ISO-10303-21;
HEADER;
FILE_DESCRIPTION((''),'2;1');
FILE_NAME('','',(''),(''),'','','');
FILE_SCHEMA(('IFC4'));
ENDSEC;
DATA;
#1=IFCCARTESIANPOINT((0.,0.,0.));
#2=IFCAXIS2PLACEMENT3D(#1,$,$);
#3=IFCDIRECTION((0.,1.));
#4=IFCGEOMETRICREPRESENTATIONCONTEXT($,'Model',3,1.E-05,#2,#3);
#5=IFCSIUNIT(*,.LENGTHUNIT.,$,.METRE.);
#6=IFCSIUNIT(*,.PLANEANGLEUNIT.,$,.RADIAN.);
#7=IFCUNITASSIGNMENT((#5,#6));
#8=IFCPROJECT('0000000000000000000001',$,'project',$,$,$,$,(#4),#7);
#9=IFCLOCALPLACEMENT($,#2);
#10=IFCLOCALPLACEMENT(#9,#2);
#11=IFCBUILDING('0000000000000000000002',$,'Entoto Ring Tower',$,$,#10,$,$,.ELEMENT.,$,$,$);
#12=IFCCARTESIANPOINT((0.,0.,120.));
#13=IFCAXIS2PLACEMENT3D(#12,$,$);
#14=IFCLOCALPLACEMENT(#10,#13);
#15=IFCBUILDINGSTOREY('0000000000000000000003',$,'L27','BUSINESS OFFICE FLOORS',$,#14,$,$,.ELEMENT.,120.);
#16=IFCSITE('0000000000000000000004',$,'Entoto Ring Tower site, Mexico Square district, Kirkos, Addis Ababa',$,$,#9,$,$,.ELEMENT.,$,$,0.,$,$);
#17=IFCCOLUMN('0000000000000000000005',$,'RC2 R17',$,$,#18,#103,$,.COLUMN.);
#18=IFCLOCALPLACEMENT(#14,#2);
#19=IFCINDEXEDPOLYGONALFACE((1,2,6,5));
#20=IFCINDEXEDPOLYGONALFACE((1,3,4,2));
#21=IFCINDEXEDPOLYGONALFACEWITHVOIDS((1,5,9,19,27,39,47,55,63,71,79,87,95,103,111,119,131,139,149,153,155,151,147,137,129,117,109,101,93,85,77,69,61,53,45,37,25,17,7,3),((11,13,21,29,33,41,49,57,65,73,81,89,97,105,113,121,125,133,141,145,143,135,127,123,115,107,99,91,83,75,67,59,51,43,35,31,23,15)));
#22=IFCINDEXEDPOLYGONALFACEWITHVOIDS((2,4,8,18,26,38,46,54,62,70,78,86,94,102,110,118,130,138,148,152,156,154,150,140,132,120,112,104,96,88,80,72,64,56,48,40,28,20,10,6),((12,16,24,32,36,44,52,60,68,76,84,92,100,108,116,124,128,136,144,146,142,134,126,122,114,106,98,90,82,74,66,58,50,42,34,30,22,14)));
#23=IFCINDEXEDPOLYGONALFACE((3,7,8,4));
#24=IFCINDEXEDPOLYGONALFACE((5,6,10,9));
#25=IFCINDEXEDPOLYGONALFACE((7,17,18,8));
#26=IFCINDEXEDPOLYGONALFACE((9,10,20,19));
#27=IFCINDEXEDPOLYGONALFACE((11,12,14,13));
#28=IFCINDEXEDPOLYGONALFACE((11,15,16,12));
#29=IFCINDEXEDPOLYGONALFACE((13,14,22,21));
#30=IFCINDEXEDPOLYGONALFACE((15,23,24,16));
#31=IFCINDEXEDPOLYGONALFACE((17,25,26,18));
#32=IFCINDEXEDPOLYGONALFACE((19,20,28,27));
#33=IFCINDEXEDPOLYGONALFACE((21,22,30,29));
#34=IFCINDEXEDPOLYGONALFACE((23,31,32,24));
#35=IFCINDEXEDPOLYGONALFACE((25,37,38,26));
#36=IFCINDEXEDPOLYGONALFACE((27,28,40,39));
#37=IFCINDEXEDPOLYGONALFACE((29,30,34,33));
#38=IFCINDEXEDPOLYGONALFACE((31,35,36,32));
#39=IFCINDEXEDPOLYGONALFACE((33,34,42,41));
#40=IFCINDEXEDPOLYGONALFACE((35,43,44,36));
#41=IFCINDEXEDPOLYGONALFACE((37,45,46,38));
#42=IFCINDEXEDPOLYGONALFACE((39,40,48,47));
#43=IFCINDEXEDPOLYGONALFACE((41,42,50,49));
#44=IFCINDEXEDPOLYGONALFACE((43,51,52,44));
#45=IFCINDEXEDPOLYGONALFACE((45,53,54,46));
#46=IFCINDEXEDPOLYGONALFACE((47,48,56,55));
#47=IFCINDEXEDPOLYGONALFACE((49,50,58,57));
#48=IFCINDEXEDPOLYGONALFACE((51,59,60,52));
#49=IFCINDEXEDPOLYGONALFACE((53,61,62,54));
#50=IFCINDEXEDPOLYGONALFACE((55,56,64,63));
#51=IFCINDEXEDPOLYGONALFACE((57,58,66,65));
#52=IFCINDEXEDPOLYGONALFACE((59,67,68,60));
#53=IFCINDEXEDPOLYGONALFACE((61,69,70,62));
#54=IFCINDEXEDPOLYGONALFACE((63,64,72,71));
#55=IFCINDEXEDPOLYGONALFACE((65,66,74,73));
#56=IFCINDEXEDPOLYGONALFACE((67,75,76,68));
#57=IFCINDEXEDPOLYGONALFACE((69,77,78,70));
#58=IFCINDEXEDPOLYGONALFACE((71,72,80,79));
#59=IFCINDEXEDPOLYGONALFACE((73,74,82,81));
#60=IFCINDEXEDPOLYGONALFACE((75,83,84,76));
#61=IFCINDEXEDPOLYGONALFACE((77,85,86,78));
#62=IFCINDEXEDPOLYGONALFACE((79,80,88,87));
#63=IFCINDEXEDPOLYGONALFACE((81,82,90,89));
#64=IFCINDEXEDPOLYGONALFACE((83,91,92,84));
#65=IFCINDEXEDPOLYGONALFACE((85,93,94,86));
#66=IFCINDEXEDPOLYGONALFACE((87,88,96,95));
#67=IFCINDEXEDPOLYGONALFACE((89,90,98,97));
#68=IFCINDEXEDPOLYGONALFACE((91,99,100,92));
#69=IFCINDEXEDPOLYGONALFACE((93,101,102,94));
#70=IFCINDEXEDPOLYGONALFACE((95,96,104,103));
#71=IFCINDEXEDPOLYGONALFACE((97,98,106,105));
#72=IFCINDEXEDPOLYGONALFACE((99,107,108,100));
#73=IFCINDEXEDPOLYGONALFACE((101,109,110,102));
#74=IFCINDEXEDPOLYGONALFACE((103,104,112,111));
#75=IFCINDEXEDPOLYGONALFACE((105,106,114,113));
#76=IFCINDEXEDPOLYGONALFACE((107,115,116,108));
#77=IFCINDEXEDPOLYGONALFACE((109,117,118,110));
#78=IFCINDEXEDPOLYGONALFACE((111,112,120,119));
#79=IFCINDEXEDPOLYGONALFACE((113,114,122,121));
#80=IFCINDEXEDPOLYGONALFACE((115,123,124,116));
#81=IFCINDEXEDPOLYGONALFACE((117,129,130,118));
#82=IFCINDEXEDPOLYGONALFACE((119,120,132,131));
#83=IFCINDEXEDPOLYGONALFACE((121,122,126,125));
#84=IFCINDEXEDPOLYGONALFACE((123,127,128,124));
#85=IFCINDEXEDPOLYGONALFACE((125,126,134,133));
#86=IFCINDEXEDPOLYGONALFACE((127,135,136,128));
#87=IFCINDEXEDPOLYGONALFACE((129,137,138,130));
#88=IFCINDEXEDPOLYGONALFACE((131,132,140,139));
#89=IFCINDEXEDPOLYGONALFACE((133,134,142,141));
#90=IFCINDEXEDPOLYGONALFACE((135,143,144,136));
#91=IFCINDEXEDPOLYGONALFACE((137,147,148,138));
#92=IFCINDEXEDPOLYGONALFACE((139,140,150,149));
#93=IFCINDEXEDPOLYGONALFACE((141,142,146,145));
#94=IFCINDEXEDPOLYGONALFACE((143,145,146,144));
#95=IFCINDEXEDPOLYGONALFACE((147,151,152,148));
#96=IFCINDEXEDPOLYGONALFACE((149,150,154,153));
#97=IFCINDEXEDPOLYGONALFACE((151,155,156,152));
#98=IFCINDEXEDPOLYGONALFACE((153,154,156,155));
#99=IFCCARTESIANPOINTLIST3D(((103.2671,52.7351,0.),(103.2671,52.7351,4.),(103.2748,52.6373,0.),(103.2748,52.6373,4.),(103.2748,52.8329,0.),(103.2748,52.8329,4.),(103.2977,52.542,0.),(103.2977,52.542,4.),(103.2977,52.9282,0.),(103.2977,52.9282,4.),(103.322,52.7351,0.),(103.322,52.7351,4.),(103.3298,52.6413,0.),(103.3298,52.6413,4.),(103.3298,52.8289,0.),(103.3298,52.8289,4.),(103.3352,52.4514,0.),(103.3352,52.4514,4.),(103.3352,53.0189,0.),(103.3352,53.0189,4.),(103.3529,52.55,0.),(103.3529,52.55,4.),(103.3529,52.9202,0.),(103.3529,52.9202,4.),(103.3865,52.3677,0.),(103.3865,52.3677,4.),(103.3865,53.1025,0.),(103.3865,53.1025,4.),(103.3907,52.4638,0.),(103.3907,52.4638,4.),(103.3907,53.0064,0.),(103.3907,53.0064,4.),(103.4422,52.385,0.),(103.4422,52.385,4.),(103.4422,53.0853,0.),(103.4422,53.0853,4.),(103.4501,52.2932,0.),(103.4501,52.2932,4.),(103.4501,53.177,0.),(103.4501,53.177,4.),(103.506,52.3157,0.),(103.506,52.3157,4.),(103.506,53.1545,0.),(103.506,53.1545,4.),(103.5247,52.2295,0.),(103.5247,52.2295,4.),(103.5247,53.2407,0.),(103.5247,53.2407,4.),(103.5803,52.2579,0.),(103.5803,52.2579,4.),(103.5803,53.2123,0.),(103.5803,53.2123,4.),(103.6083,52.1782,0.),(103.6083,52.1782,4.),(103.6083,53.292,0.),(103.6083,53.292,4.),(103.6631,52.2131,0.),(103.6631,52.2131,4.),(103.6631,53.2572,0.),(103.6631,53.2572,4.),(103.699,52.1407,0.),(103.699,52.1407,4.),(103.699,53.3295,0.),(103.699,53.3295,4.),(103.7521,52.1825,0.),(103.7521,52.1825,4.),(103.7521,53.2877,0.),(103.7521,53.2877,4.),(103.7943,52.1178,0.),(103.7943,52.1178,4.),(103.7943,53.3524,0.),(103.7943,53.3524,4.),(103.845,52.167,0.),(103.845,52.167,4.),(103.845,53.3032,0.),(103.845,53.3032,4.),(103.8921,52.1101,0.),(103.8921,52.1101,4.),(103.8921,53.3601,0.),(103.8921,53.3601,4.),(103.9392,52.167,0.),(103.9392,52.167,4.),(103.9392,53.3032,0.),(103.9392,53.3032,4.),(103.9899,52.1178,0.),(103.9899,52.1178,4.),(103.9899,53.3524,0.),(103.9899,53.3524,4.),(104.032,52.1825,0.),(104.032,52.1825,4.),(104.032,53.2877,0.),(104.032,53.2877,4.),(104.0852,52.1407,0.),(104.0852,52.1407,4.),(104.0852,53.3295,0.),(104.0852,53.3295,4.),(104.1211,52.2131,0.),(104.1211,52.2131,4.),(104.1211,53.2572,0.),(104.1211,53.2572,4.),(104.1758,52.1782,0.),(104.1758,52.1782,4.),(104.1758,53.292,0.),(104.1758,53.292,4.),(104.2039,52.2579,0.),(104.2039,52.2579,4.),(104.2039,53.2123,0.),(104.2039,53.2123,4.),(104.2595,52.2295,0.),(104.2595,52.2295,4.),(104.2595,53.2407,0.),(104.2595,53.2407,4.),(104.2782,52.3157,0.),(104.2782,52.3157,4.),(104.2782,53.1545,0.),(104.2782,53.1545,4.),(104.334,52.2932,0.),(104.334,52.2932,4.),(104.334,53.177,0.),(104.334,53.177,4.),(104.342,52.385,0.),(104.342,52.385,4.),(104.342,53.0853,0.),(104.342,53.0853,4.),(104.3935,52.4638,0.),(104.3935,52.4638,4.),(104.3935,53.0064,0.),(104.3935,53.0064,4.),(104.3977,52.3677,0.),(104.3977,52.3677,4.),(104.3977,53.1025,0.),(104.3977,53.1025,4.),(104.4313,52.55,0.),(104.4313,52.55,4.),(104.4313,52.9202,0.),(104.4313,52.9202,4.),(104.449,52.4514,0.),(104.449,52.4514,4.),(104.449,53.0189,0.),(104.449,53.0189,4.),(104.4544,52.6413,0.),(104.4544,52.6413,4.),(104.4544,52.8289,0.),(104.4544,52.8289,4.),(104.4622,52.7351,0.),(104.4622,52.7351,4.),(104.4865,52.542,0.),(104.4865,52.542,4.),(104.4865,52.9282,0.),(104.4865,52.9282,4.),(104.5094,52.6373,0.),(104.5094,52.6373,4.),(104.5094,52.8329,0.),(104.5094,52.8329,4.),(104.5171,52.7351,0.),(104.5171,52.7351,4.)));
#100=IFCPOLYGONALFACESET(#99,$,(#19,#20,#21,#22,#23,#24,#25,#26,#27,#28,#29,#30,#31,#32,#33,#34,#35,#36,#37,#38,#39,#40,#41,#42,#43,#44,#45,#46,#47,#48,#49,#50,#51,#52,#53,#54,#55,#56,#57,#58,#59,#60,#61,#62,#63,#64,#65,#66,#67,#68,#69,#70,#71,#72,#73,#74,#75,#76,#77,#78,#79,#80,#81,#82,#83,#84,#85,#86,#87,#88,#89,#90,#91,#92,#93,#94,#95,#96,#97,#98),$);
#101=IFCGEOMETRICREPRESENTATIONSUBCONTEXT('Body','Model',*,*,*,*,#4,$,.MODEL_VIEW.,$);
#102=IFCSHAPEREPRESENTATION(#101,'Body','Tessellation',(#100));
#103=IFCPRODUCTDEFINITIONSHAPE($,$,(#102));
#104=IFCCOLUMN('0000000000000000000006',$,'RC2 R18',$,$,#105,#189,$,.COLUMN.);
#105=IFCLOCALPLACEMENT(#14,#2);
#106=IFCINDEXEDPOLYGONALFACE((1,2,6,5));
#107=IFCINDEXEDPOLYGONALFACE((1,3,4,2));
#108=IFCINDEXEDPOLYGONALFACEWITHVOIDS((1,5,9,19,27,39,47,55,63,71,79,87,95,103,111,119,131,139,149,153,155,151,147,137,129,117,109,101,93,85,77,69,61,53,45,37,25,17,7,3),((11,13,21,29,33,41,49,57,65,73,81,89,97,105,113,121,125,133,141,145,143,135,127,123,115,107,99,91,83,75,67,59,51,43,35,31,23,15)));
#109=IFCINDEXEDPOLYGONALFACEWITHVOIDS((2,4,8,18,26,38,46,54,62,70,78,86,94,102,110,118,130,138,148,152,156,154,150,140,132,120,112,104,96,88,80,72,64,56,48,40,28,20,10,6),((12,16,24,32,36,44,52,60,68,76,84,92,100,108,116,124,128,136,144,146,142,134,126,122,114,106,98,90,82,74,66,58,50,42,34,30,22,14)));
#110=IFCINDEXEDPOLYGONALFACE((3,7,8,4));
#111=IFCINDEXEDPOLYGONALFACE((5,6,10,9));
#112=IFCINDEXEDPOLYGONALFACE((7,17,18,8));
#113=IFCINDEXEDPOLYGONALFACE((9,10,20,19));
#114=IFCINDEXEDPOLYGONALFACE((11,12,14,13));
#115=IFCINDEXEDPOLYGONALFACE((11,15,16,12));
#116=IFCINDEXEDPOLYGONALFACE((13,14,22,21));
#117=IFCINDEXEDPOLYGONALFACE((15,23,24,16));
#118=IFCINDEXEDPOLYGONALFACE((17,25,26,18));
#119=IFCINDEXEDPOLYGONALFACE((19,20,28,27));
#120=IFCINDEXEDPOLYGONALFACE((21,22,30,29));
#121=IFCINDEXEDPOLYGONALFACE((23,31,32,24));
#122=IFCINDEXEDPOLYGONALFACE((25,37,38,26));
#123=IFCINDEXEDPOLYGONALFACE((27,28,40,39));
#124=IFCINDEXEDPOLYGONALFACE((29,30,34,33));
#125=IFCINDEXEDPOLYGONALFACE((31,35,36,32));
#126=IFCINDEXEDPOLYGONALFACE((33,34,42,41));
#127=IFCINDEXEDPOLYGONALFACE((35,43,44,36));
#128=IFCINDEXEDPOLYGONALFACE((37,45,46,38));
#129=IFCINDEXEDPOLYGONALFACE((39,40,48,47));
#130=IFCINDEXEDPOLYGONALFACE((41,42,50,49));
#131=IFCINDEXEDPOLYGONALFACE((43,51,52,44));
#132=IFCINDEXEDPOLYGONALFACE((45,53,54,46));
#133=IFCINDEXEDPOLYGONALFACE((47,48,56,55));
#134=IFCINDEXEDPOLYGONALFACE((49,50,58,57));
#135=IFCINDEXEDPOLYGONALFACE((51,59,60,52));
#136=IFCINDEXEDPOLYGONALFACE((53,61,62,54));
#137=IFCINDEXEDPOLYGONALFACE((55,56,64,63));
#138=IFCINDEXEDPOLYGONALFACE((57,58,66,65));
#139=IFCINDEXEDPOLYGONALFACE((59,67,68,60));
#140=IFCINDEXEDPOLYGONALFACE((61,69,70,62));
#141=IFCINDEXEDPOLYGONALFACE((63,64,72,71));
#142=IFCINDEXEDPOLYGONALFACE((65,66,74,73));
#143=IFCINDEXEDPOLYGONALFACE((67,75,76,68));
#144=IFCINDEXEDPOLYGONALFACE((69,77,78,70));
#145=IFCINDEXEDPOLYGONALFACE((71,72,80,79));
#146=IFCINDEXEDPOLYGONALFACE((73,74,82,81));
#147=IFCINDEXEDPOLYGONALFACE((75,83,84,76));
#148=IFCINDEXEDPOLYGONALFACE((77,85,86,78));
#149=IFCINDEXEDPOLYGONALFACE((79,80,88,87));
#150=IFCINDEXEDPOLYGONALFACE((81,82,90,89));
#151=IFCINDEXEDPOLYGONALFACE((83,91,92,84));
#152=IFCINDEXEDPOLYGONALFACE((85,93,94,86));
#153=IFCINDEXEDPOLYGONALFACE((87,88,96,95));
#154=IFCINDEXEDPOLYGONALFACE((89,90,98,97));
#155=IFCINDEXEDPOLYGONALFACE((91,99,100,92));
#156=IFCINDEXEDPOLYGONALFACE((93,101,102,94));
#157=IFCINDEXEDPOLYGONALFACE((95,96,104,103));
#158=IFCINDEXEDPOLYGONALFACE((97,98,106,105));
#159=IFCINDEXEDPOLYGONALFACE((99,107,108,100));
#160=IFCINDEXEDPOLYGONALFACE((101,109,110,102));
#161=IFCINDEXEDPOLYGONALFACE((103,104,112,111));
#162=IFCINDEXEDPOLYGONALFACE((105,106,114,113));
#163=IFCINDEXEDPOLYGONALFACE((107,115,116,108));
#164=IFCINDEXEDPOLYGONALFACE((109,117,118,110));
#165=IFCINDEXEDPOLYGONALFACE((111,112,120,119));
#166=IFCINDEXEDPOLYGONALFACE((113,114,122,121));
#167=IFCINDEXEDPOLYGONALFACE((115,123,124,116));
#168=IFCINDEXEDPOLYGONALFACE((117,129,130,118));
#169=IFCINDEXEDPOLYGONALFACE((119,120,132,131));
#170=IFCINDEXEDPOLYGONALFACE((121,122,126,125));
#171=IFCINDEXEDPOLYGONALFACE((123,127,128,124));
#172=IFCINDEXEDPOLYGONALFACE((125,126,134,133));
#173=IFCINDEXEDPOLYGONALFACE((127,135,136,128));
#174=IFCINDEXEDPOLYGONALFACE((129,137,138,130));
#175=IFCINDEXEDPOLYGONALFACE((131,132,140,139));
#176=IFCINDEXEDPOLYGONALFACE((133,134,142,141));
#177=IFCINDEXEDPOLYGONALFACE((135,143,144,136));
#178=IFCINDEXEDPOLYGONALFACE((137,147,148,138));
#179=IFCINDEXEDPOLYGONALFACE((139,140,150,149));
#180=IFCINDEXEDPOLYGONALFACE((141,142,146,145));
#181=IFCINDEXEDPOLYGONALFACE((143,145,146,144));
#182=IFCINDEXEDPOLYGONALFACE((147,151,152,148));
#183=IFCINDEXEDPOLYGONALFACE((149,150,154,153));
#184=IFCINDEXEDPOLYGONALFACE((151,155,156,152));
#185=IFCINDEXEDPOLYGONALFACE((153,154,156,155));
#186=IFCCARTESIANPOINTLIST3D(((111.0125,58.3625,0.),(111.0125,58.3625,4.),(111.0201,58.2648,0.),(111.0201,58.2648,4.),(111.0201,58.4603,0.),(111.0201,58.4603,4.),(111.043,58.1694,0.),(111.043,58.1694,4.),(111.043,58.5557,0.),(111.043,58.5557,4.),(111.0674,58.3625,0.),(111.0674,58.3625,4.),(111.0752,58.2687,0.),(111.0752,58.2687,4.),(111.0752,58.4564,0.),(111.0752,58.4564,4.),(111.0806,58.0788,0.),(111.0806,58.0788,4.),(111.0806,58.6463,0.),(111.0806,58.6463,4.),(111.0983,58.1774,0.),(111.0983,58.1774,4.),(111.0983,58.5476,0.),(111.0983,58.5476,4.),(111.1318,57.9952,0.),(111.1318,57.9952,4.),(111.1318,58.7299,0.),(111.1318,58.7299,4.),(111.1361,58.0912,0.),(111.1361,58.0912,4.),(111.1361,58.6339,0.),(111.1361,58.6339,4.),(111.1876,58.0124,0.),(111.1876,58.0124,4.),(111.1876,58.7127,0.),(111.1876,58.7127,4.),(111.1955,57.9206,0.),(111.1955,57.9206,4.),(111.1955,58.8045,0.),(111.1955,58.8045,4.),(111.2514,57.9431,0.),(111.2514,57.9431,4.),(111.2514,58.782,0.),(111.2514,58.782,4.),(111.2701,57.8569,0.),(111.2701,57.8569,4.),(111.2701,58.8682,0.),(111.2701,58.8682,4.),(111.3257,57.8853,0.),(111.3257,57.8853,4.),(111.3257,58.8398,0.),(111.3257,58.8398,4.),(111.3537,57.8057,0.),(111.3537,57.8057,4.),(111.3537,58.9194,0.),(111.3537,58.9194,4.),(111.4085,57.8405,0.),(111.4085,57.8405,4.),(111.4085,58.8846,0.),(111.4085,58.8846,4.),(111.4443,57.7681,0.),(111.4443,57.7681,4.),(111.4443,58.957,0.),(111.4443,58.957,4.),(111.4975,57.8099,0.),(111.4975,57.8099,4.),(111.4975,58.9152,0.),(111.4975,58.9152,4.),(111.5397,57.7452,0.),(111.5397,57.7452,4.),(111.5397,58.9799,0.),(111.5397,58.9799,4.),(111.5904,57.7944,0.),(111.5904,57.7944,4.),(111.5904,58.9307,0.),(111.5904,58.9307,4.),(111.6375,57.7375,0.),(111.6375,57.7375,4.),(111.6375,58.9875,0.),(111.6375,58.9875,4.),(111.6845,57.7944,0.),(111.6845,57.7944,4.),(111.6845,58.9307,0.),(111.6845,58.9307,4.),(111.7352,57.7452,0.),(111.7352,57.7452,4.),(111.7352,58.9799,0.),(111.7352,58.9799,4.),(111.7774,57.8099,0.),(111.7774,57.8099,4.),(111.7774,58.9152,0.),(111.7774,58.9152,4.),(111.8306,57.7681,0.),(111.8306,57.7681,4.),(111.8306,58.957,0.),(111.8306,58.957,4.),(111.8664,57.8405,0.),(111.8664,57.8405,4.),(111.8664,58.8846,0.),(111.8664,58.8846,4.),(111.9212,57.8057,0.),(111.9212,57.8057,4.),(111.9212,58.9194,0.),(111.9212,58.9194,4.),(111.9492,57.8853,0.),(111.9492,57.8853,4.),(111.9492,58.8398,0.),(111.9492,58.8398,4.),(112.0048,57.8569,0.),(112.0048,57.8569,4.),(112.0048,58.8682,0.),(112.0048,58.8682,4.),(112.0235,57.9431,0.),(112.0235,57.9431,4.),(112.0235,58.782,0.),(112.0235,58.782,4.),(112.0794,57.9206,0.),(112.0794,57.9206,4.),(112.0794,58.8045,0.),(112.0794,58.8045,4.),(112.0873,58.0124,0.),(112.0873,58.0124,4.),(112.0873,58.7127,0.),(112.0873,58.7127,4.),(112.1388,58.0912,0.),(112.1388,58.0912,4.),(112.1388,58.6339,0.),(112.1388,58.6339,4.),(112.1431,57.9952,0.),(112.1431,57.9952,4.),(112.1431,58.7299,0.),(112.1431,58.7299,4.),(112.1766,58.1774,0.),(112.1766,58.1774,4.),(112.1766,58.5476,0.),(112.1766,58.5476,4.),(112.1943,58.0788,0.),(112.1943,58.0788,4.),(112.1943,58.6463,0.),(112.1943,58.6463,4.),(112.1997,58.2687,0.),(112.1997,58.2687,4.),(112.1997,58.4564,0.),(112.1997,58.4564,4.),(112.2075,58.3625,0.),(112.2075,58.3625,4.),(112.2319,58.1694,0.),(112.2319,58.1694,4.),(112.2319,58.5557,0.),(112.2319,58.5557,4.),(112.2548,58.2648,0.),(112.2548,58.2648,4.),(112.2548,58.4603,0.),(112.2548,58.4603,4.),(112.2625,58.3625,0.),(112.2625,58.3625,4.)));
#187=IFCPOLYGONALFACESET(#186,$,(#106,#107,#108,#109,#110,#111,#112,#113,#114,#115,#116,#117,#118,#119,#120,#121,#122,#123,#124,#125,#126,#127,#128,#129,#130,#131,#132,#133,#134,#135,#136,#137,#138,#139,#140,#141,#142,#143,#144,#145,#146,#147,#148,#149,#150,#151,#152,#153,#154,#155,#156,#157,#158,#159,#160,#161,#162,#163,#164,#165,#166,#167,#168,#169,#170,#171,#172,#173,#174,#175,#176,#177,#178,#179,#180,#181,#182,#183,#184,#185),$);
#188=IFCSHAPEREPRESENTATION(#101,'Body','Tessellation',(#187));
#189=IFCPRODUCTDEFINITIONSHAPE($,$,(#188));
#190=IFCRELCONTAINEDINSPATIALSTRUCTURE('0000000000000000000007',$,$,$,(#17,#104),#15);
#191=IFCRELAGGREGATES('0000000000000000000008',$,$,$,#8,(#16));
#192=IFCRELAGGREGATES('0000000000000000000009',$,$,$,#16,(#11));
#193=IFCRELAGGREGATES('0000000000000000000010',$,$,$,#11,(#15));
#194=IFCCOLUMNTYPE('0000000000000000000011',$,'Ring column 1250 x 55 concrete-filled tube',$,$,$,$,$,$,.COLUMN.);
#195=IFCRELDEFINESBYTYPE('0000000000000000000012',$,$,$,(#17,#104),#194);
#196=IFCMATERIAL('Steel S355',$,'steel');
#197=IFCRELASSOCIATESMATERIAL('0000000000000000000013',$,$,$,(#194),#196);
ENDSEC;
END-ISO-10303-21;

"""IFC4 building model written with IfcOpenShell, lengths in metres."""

from ifc_helpers import new_model, si_unit, direction, frame, origin, origin_2d, place, context, subcontext, project, spatial, circle, hollow_circle, extrude, material, material_profile, profile_set, type_object, element, save


model = new_model("IFC4")

# Units and contexts
model_context = context("Model", 3, precision=1e-05, world=origin(), true_north=direction((0.0, 1.0)))
body_context = subcontext(model_context, "Body", "Model", "MODEL_VIEW")
ifc_project = project(units=[si_unit("LENGTHUNIT", "METRE"), si_unit("PLANEANGLEUNIT", "RADIAN")], contexts=[model_context])

# Site, building, storey
site_placement = place(None, origin())
site = spatial("IfcSite", under=ifc_project, at=site_placement, Name="Entoto Ring Tower site, Mexico Square district, Kirkos, Addis Ababa", CompositionType="ELEMENT", RefElevation=0.0)
building_placement = place(site_placement, origin())
building = spatial("IfcBuilding", under=site, at=building_placement, Name="Entoto Ring Tower", CompositionType="ELEMENT")
storey_placement = place(building_placement, frame((0.0, 0.0, 120.0)))
storey = spatial("IfcBuildingStorey", under=building, at=storey_placement, Name="L27", Description="BUSINESS OFFICE FLOORS", CompositionType="ELEMENT", Elevation=120.0)

# Columns
ifc_material_1 = material(Name="Steel S355", Category="steel")
ifc_material_profile_1 = material_profile(ifc_material_1, hollow_circle(Radius=0.625, WallThickness=0.0549, at=origin_2d()), Name="CHS 1250 x 55")
ifc_material_2 = material(Name="Concrete C60/75", Category="concrete")
ifc_material_profile_2 = material_profile(ifc_material_2, circle(Radius=0.5701, at=origin_2d()), Name="Concrete C60/75 infill")
ifc_profile_set_1 = profile_set([ifc_material_profile_1, ifc_material_profile_2], Name="Steel S355")
column_type = type_object("IfcColumnType", Name="Ring column 1250 x 55 concrete-filled tube", PredefinedType="COLUMN", material=ifc_profile_set_1)
for number, where, z_axis, x_axis, name in (
    (1, (103.8921, 52.7351, 0.0), (0.0, 0.0, 1.0), (1.0, 0.0, 0.0), "RC2 R17"),
    (2, (111.6375, 58.3625, 0.0), (0.0, 0.0, 1.0), (1.0, 0.0, 0.0), "RC2 R18"),
):
    element("IfcColumn", number, at=place(storey_placement, frame(where, z_axis=z_axis, x_axis=x_axis)), inside=storey, type_object=column_type, Name=name, PredefinedType="COLUMN", context=body_context, shape_type="SweptSolid", body=[
        extrude(hollow_circle(Radius=0.625, WallThickness=0.0549, at=origin_2d()), origin(), (0.0, 0.0, 1.0), 4.0),
    ])

save(model, "model.ifc")
